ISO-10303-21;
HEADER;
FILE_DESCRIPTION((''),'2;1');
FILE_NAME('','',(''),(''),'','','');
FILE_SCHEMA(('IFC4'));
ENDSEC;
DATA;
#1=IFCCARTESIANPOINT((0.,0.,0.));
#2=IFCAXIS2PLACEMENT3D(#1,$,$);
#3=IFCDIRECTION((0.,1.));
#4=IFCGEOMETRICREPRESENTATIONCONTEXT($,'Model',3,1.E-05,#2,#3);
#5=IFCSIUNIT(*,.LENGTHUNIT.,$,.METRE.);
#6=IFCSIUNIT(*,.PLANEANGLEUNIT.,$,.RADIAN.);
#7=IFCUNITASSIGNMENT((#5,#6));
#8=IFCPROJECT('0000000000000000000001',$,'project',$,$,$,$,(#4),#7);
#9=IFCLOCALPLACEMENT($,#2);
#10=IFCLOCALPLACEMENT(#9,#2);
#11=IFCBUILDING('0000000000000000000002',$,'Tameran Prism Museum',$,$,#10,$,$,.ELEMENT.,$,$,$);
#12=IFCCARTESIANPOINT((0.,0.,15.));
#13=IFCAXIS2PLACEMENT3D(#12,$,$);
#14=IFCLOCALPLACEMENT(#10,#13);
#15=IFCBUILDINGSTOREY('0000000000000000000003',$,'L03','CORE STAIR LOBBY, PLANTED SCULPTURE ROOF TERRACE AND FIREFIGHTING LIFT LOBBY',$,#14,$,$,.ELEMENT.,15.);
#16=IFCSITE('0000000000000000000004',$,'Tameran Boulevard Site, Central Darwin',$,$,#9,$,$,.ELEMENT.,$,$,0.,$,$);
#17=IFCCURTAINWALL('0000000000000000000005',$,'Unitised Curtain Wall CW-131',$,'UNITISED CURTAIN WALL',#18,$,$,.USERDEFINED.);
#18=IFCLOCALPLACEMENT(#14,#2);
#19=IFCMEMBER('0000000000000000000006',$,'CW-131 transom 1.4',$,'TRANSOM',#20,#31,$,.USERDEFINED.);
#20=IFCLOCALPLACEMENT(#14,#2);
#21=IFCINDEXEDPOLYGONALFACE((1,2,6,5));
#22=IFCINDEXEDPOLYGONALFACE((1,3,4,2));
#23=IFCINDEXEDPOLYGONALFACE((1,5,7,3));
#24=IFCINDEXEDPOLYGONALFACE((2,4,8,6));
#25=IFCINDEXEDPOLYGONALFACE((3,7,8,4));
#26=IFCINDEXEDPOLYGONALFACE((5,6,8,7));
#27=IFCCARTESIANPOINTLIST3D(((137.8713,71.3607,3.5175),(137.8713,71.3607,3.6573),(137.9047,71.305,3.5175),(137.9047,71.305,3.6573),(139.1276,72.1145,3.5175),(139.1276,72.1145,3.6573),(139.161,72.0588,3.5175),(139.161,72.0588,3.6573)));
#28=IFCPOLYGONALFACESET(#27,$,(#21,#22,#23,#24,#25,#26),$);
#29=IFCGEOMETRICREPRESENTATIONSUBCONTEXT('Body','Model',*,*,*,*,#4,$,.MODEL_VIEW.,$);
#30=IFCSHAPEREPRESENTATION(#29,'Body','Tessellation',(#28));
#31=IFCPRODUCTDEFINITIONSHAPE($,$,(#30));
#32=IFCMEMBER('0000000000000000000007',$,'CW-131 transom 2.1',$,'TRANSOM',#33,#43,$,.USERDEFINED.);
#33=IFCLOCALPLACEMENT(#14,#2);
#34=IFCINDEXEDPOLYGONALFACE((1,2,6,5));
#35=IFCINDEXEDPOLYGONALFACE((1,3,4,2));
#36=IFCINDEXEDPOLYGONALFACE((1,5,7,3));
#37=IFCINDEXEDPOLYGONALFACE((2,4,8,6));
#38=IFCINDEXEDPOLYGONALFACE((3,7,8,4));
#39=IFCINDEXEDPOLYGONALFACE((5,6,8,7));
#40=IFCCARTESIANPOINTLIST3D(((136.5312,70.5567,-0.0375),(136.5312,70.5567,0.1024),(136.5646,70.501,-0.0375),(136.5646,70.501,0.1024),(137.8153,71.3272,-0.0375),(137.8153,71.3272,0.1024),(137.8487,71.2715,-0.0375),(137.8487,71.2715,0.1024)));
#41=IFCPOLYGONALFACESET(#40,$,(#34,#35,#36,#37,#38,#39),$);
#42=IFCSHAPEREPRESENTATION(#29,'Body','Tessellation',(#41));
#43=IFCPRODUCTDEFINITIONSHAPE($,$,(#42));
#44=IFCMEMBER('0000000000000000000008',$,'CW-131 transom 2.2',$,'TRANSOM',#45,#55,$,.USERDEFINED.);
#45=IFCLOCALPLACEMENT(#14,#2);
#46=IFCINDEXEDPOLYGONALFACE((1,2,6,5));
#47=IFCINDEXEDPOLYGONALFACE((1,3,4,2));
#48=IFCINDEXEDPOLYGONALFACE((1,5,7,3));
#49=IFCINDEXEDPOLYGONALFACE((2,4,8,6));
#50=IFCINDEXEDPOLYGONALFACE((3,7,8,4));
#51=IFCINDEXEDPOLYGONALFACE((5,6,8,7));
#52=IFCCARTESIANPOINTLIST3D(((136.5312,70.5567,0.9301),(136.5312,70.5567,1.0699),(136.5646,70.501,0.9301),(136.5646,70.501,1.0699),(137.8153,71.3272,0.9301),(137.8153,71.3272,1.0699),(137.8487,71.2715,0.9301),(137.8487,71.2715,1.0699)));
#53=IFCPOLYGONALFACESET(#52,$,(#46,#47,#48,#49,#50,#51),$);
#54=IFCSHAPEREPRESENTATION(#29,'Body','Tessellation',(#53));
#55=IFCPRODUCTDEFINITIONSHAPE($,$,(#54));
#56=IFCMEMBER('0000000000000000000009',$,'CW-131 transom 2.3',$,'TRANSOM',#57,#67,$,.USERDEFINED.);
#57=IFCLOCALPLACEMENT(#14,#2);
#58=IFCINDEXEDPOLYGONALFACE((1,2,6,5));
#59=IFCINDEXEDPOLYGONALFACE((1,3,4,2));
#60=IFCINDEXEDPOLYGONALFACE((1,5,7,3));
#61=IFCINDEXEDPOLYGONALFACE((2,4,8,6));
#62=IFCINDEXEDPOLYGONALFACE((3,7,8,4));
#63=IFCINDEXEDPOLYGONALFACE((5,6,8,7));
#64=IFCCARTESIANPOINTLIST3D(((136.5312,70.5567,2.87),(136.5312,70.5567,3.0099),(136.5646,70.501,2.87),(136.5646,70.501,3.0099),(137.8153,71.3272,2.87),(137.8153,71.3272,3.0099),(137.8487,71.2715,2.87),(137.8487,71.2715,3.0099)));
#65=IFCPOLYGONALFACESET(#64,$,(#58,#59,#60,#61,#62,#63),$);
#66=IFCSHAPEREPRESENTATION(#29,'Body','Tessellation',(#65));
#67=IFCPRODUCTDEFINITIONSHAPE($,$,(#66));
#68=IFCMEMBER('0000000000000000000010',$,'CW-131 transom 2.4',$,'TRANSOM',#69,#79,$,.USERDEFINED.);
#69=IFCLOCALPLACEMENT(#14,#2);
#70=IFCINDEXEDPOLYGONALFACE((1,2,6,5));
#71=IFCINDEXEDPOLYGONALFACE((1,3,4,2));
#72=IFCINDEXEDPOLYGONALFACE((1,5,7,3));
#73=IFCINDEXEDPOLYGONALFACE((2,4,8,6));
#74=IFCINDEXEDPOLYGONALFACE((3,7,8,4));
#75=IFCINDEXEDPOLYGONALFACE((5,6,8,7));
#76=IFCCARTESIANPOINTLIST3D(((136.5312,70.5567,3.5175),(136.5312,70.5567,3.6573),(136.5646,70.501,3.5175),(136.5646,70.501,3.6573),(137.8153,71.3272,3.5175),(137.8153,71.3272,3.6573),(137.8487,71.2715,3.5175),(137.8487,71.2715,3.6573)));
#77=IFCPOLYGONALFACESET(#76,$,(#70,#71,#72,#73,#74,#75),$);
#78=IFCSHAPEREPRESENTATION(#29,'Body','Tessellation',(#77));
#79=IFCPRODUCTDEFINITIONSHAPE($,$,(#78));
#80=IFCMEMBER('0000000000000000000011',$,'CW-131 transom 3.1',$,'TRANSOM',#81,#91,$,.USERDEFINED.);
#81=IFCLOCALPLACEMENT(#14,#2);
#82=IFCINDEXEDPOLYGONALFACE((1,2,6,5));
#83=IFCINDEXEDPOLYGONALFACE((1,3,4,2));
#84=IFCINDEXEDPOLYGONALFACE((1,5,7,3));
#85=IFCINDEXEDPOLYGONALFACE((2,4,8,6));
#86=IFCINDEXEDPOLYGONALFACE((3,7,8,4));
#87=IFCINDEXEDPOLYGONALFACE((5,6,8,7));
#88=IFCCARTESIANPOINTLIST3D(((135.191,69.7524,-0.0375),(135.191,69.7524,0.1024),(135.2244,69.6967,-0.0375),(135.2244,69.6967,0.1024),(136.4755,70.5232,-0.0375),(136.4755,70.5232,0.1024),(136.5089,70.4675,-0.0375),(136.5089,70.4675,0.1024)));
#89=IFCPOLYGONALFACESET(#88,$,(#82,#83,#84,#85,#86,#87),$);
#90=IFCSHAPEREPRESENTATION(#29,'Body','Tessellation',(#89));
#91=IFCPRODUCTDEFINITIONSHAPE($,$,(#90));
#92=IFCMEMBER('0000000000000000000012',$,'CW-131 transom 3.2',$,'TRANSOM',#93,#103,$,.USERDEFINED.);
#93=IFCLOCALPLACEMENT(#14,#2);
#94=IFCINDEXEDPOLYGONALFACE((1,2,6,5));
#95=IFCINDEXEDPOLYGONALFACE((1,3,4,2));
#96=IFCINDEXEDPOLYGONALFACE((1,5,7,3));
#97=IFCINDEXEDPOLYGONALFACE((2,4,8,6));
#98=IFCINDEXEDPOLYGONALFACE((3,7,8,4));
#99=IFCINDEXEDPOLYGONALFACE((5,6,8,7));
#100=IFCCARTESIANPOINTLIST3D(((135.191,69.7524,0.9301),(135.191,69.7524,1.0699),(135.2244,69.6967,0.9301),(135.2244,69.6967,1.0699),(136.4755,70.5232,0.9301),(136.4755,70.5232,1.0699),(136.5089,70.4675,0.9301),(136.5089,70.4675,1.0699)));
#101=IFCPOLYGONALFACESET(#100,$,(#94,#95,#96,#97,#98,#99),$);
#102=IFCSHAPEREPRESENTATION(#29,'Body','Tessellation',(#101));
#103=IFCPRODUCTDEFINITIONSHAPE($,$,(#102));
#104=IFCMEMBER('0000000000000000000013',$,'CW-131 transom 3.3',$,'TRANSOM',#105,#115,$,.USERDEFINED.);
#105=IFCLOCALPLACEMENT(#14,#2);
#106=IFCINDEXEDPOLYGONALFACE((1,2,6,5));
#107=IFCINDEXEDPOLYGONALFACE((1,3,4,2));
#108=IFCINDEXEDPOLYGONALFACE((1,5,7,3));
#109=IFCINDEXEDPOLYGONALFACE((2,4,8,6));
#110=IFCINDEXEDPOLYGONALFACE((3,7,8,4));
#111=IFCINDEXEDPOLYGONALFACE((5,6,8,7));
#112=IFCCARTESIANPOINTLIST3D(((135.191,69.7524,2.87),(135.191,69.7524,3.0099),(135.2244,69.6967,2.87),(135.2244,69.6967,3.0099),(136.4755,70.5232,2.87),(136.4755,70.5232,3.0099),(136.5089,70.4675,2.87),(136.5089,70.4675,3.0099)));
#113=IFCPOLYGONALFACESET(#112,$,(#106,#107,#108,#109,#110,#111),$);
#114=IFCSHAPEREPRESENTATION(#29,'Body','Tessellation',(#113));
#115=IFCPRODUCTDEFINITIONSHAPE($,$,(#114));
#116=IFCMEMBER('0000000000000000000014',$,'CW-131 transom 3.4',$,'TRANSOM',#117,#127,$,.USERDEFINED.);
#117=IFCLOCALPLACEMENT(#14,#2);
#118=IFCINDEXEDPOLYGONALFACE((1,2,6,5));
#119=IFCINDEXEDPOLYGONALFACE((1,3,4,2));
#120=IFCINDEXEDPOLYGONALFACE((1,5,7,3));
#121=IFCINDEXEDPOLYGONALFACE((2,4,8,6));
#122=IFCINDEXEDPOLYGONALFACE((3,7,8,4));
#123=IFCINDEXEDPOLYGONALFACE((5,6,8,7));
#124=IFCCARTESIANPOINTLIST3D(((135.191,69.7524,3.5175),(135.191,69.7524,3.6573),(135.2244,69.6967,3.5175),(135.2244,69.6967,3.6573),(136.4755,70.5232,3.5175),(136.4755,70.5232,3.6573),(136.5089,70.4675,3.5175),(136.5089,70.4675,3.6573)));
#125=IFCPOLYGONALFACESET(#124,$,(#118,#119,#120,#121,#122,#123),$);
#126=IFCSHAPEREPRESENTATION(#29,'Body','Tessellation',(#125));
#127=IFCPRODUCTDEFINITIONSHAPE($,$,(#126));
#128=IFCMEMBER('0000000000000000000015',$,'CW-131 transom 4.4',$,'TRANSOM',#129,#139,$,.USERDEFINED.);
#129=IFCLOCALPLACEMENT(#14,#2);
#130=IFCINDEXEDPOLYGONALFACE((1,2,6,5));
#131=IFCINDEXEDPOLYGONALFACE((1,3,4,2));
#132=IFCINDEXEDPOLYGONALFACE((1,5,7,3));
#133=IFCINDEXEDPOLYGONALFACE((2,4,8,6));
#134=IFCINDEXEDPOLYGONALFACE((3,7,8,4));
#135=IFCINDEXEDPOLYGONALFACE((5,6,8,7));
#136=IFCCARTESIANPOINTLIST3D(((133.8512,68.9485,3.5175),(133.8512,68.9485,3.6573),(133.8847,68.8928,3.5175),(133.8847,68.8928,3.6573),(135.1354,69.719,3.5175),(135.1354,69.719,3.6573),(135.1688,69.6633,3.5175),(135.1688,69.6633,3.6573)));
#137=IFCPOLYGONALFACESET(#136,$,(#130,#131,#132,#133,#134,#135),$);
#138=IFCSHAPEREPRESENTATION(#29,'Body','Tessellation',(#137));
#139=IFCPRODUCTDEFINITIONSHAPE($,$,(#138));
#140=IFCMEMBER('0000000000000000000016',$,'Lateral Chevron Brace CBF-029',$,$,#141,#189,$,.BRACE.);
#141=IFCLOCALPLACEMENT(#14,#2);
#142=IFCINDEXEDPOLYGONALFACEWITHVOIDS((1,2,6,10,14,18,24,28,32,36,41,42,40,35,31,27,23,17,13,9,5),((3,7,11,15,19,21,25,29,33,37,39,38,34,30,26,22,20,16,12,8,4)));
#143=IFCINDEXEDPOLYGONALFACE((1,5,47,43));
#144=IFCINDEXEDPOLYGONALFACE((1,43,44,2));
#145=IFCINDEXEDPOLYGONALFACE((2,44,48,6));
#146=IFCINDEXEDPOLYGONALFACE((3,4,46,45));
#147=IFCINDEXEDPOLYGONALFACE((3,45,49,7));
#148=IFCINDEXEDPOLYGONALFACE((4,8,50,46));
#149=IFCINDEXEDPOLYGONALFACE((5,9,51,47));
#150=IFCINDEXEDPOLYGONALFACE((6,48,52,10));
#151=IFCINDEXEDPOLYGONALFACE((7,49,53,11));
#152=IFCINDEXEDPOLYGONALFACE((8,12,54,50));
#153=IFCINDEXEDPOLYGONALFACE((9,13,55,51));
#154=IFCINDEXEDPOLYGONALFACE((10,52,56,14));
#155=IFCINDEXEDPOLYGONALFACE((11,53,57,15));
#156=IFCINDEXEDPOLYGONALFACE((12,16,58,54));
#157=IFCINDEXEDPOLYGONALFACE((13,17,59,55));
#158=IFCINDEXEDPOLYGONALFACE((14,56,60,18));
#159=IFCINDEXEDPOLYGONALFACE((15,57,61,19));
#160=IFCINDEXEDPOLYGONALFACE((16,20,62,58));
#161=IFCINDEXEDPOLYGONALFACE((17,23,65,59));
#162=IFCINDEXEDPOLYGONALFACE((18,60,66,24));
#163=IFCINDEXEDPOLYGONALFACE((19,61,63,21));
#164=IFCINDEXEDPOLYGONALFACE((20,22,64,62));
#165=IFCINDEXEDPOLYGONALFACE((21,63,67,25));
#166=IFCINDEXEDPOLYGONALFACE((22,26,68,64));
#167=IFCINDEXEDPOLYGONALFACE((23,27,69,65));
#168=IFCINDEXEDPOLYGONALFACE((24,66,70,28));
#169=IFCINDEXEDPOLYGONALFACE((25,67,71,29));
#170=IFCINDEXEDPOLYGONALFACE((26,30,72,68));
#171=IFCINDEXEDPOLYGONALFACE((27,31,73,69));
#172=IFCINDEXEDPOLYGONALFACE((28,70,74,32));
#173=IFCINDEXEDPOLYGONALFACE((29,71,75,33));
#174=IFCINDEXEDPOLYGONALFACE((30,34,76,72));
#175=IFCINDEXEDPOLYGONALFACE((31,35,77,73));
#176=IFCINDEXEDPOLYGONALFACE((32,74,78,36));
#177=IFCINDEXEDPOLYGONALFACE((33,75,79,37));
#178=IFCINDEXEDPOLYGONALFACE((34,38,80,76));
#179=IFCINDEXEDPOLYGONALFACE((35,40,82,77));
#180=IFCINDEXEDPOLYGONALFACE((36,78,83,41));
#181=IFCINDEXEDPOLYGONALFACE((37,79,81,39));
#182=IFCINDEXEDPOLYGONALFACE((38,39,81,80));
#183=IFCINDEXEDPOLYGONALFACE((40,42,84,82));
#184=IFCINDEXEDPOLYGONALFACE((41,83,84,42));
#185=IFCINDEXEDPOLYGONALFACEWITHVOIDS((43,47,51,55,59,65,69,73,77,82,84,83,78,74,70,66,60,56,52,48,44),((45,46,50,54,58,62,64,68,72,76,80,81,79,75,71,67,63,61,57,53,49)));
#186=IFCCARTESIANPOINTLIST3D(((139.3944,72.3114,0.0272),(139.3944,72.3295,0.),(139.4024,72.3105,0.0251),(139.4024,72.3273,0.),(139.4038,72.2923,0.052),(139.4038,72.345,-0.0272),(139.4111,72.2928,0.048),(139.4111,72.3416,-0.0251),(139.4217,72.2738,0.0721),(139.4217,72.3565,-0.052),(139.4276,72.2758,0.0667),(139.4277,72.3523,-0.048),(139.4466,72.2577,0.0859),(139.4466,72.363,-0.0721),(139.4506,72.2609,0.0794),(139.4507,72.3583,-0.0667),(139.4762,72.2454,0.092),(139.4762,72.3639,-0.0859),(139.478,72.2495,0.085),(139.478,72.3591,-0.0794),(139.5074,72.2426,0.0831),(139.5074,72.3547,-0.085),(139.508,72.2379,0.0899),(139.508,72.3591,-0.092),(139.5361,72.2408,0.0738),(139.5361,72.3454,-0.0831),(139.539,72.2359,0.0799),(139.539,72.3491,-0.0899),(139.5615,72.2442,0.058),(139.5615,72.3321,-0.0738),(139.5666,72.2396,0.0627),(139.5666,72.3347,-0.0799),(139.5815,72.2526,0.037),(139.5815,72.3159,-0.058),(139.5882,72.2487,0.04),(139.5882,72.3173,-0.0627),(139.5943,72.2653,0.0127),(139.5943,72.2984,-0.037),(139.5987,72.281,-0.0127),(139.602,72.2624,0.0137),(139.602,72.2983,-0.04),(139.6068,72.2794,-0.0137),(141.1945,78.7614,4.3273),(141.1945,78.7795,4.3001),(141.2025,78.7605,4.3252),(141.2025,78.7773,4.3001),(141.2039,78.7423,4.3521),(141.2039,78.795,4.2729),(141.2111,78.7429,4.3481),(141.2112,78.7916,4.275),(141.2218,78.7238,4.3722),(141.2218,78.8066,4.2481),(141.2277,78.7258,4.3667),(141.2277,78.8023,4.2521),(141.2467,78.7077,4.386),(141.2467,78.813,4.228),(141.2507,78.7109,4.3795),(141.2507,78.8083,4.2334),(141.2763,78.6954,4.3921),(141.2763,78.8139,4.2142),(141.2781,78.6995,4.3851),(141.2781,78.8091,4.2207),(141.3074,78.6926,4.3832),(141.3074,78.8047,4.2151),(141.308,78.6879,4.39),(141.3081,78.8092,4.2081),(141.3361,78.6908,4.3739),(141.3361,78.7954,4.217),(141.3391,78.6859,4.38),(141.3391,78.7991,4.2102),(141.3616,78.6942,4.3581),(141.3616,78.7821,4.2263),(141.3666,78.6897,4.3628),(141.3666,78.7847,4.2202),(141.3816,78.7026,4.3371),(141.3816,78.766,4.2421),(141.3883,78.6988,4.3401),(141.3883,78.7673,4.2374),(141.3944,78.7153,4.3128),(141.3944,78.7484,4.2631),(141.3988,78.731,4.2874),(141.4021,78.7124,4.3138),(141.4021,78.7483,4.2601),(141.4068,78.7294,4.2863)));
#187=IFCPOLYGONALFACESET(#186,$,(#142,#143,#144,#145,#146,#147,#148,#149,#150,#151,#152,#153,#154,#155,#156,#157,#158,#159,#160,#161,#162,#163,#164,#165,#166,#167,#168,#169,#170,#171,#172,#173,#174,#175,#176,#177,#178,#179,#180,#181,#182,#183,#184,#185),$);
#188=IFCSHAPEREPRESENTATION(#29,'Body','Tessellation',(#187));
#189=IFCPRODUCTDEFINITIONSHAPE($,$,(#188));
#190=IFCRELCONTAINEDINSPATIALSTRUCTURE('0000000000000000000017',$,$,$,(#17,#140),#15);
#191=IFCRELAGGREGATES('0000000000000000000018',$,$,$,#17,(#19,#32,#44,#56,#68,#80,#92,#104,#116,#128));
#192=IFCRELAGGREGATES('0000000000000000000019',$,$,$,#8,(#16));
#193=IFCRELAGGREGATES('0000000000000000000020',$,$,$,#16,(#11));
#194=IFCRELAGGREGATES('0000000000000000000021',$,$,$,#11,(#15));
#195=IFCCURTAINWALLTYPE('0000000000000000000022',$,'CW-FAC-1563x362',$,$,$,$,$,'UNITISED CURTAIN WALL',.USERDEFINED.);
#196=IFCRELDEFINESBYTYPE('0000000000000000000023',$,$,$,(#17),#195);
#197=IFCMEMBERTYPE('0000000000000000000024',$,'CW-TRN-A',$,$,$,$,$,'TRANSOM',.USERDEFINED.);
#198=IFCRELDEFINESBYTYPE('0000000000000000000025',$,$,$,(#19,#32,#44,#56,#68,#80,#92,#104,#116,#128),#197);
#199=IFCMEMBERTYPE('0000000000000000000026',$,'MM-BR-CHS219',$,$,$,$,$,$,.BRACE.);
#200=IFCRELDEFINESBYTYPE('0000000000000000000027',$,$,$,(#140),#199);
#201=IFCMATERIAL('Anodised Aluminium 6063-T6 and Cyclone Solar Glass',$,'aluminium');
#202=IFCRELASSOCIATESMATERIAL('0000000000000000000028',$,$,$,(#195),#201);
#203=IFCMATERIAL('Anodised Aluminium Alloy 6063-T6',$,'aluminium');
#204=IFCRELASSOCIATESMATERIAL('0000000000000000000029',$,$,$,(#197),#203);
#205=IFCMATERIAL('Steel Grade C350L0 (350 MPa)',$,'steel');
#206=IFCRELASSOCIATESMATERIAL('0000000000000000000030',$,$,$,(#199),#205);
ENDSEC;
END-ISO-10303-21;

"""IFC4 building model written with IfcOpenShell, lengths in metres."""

from ifc_helpers import new_model, si_unit, direction, frame, origin, origin_2d, place, context, subcontext, project, spatial, rectangle, hollow_circle, extrude, material, material_profile, profile_set, type_object, element, aggregate, save


model = new_model("IFC4")

# Units and contexts
model_context = context("Model", 3, precision=1e-05, world=origin(), true_north=direction((0.0, 1.0)))
body_context = subcontext(model_context, "Body", "Model", "MODEL_VIEW")
ifc_project = project(units=[si_unit("LENGTHUNIT", "METRE"), si_unit("PLANEANGLEUNIT", "RADIAN")], contexts=[model_context])

# Site, building, storey
site_placement = place(None, origin())
site = spatial("IfcSite", under=ifc_project, at=site_placement, Name="Tameran Boulevard Site, Central Darwin", CompositionType="ELEMENT", RefElevation=0.0)
building_placement = place(site_placement, origin())
building = spatial("IfcBuilding", under=site, at=building_placement, Name="Tameran Prism Museum", CompositionType="ELEMENT")
storey_placement = place(building_placement, frame((0.0, 0.0, 15.0)))
storey = spatial("IfcBuildingStorey", under=building, at=storey_placement, Name="L03", Description="CORE STAIR LOBBY, PLANTED SCULPTURE ROOF TERRACE AND FIREFIGHTING LIFT LOBBY", CompositionType="ELEMENT", Elevation=15.0)

# Curtain wall, members
ifc_material_1 = material(Name="Anodised Aluminium 6063-T6 and Cyclone Solar Glass", Category="aluminium")
curtain_wall_type = type_object("IfcCurtainWallType", Name="CW-FAC-1563x362", ElementType="UNITISED CURTAIN WALL", PredefinedType="USERDEFINED", material=ifc_material_1)
curtain_wall_placement = place(storey_placement, origin())
curtain_wall = element("IfcCurtainWall", 1, at=curtain_wall_placement, inside=storey, type_object=curtain_wall_type, Name="Unitised Curtain Wall CW-131", ObjectType="UNITISED CURTAIN WALL", PredefinedType="USERDEFINED")
ifc_material_2 = material(Name="Anodised Aluminium Alloy 6063-T6", Category="aluminium")
ifc_material_profile_1 = material_profile(ifc_material_2, rectangle(XDim=0.0649, YDim=0.1399, at=origin_2d()))
ifc_profile_set_1 = profile_set([ifc_material_profile_1])
member_type_1 = type_object("IfcMemberType", Name="CW-TRN-A", ElementType="TRANSOM", PredefinedType="USERDEFINED", material=ifc_profile_set_1)
member_1_placement = place(storey_placement, frame((139.1443, 72.0867, 3.5874), z_axis=(-0.857464, -0.514545, 0.0), x_axis=(0.514545, -0.857464, 0.0)))
member_1 = element("IfcMember", 2, at=member_1_placement, type_object=member_type_1, Name="CW-131 transom 1.4", ObjectType="TRANSOM", PredefinedType="USERDEFINED", context=body_context, shape_type="SweptSolid", body=[
    extrude(rectangle(XDim=0.0649, YDim=0.1399, at=origin_2d()), origin(), (0.0, 0.0, 1.0), 1.4651),
])
member_2_placement = place(storey_placement, frame((137.832, 71.2993, 0.0325), z_axis=(-0.857493, -0.514496, 0.0), x_axis=(0.514496, -0.857493, 0.0)))
member_2 = element("IfcMember", 3, at=member_2_placement, type_object=member_type_1, Name="CW-131 transom 2.1", ObjectType="TRANSOM", PredefinedType="USERDEFINED", context=body_context, shape_type="SweptSolid", body=[
    extrude(rectangle(XDim=0.0649, YDim=0.1399, at=origin_2d()), origin(), (0.0, 0.0, 1.0), 1.4976),
])
member_3_placement = place(storey_placement, frame((137.832, 71.2993, 1.0), z_axis=(-0.857493, -0.514496, 0.0), x_axis=(0.514496, -0.857493, 0.0)))
member_3 = element("IfcMember", 4, at=member_3_placement, type_object=member_type_1, Name="CW-131 transom 2.2", ObjectType="TRANSOM", PredefinedType="USERDEFINED", context=body_context, shape_type="SweptSolid", body=[
    extrude(rectangle(XDim=0.0649, YDim=0.1399, at=origin_2d()), origin(), (0.0, 0.0, 1.0), 1.4976),
])
member_4_placement = place(storey_placement, frame((137.832, 71.2993, 2.9399), z_axis=(-0.857493, -0.514496, 0.0), x_axis=(0.514496, -0.857493, 0.0)))
member_4 = element("IfcMember", 5, at=member_4_placement, type_object=member_type_1, Name="CW-131 transom 2.3", ObjectType="TRANSOM", PredefinedType="USERDEFINED", context=body_context, shape_type="SweptSolid", body=[
    extrude(rectangle(XDim=0.0649, YDim=0.1399, at=origin_2d()), origin(), (0.0, 0.0, 1.0), 1.4976),
])
member_5_placement = place(storey_placement, frame((137.832, 71.2993, 3.5874), z_axis=(-0.857493, -0.514496, 0.0), x_axis=(0.514496, -0.857493, 0.0)))
member_5 = element("IfcMember", 6, at=member_5_placement, type_object=member_type_1, Name="CW-131 transom 2.4", ObjectType="TRANSOM", PredefinedType="USERDEFINED", context=body_context, shape_type="SweptSolid", body=[
    extrude(rectangle(XDim=0.0649, YDim=0.1399, at=origin_2d()), origin(), (0.0, 0.0, 1.0), 1.4976),
])
member_6_placement = place(storey_placement, frame((136.4922, 70.4954, 0.0325), z_axis=(-0.857464, -0.514544, 0.0), x_axis=(0.514544, -0.857464, 0.0)))
member_6 = element("IfcMember", 7, at=member_6_placement, type_object=member_type_1, Name="CW-131 transom 3.1", ObjectType="TRANSOM", PredefinedType="USERDEFINED", context=body_context, shape_type="SweptSolid", body=[
    extrude(rectangle(XDim=0.0649, YDim=0.1399, at=origin_2d()), origin(), (0.0, 0.0, 1.0), 1.498),
])
member_7_placement = place(storey_placement, frame((136.4922, 70.4954, 1.0), z_axis=(-0.857464, -0.514544, 0.0), x_axis=(0.514544, -0.857464, 0.0)))
member_7 = element("IfcMember", 8, at=member_7_placement, type_object=member_type_1, Name="CW-131 transom 3.2", ObjectType="TRANSOM", PredefinedType="USERDEFINED", context=body_context, shape_type="SweptSolid", body=[
    extrude(rectangle(XDim=0.0649, YDim=0.1399, at=origin_2d()), origin(), (0.0, 0.0, 1.0), 1.498),
])
member_8_placement = place(storey_placement, frame((136.4922, 70.4954, 2.9399), z_axis=(-0.857464, -0.514544, 0.0), x_axis=(0.514544, -0.857464, 0.0)))
member_8 = element("IfcMember", 9, at=member_8_placement, type_object=member_type_1, Name="CW-131 transom 3.3", ObjectType="TRANSOM", PredefinedType="USERDEFINED", context=body_context, shape_type="SweptSolid", body=[
    extrude(rectangle(XDim=0.0649, YDim=0.1399, at=origin_2d()), origin(), (0.0, 0.0, 1.0), 1.498),
])
member_9_placement = place(storey_placement, frame((136.4922, 70.4954, 3.5874), z_axis=(-0.857464, -0.514544, 0.0), x_axis=(0.514544, -0.857464, 0.0)))
member_9 = element("IfcMember", 10, at=member_9_placement, type_object=member_type_1, Name="CW-131 transom 3.4", ObjectType="TRANSOM", PredefinedType="USERDEFINED", context=body_context, shape_type="SweptSolid", body=[
    extrude(rectangle(XDim=0.0649, YDim=0.1399, at=origin_2d()), origin(), (0.0, 0.0, 1.0), 1.498),
])
member_10_placement = place(storey_placement, frame((135.1521, 69.6912, 3.5874), z_axis=(-0.857493, -0.514496, 0.0), x_axis=(0.514496, -0.857493, 0.0)))
member_10 = element("IfcMember", 11, at=member_10_placement, type_object=member_type_1, Name="CW-131 transom 4.4", ObjectType="TRANSOM", PredefinedType="USERDEFINED", context=body_context, shape_type="SweptSolid", body=[
    extrude(rectangle(XDim=0.0649, YDim=0.1399, at=origin_2d()), origin(), (0.0, 0.0, 1.0), 1.4976),
])

# Member
ifc_material_3 = material(Name="Steel Grade C350L0 (350 MPa)", Category="steel")
ifc_material_profile_2 = material_profile(ifc_material_3, hollow_circle(Radius=0.1096, WallThickness=0.0083, at=origin_2d()))
ifc_profile_set_2 = profile_set([ifc_material_profile_2])
member_type_2 = type_object("IfcMemberType", Name="MM-BR-CHS219", PredefinedType="BRACE", material=ifc_profile_set_2)
member_11_placement = place(storey_placement, frame((139.5, 72.3, 0.0), z_axis=(0.226189, 0.810482, 0.540331), x_axis=(-0.963194, 0.268808, 0.0)))
element("IfcMember", 12, at=member_11_placement, inside=storey, type_object=member_type_2, Name="Lateral Chevron Brace CBF-029", PredefinedType="BRACE", context=body_context, shape_type="SweptSolid", body=[
    extrude(hollow_circle(Radius=0.1096, WallThickness=0.0083, at=origin_2d()), origin(), (0.0, 0.0, 1.0), 7.9583),
])

aggregate(curtain_wall, [member_1, member_2, member_3, member_4, member_5, member_6, member_7, member_8, member_9, member_10])

save(model, "model.ifc")
